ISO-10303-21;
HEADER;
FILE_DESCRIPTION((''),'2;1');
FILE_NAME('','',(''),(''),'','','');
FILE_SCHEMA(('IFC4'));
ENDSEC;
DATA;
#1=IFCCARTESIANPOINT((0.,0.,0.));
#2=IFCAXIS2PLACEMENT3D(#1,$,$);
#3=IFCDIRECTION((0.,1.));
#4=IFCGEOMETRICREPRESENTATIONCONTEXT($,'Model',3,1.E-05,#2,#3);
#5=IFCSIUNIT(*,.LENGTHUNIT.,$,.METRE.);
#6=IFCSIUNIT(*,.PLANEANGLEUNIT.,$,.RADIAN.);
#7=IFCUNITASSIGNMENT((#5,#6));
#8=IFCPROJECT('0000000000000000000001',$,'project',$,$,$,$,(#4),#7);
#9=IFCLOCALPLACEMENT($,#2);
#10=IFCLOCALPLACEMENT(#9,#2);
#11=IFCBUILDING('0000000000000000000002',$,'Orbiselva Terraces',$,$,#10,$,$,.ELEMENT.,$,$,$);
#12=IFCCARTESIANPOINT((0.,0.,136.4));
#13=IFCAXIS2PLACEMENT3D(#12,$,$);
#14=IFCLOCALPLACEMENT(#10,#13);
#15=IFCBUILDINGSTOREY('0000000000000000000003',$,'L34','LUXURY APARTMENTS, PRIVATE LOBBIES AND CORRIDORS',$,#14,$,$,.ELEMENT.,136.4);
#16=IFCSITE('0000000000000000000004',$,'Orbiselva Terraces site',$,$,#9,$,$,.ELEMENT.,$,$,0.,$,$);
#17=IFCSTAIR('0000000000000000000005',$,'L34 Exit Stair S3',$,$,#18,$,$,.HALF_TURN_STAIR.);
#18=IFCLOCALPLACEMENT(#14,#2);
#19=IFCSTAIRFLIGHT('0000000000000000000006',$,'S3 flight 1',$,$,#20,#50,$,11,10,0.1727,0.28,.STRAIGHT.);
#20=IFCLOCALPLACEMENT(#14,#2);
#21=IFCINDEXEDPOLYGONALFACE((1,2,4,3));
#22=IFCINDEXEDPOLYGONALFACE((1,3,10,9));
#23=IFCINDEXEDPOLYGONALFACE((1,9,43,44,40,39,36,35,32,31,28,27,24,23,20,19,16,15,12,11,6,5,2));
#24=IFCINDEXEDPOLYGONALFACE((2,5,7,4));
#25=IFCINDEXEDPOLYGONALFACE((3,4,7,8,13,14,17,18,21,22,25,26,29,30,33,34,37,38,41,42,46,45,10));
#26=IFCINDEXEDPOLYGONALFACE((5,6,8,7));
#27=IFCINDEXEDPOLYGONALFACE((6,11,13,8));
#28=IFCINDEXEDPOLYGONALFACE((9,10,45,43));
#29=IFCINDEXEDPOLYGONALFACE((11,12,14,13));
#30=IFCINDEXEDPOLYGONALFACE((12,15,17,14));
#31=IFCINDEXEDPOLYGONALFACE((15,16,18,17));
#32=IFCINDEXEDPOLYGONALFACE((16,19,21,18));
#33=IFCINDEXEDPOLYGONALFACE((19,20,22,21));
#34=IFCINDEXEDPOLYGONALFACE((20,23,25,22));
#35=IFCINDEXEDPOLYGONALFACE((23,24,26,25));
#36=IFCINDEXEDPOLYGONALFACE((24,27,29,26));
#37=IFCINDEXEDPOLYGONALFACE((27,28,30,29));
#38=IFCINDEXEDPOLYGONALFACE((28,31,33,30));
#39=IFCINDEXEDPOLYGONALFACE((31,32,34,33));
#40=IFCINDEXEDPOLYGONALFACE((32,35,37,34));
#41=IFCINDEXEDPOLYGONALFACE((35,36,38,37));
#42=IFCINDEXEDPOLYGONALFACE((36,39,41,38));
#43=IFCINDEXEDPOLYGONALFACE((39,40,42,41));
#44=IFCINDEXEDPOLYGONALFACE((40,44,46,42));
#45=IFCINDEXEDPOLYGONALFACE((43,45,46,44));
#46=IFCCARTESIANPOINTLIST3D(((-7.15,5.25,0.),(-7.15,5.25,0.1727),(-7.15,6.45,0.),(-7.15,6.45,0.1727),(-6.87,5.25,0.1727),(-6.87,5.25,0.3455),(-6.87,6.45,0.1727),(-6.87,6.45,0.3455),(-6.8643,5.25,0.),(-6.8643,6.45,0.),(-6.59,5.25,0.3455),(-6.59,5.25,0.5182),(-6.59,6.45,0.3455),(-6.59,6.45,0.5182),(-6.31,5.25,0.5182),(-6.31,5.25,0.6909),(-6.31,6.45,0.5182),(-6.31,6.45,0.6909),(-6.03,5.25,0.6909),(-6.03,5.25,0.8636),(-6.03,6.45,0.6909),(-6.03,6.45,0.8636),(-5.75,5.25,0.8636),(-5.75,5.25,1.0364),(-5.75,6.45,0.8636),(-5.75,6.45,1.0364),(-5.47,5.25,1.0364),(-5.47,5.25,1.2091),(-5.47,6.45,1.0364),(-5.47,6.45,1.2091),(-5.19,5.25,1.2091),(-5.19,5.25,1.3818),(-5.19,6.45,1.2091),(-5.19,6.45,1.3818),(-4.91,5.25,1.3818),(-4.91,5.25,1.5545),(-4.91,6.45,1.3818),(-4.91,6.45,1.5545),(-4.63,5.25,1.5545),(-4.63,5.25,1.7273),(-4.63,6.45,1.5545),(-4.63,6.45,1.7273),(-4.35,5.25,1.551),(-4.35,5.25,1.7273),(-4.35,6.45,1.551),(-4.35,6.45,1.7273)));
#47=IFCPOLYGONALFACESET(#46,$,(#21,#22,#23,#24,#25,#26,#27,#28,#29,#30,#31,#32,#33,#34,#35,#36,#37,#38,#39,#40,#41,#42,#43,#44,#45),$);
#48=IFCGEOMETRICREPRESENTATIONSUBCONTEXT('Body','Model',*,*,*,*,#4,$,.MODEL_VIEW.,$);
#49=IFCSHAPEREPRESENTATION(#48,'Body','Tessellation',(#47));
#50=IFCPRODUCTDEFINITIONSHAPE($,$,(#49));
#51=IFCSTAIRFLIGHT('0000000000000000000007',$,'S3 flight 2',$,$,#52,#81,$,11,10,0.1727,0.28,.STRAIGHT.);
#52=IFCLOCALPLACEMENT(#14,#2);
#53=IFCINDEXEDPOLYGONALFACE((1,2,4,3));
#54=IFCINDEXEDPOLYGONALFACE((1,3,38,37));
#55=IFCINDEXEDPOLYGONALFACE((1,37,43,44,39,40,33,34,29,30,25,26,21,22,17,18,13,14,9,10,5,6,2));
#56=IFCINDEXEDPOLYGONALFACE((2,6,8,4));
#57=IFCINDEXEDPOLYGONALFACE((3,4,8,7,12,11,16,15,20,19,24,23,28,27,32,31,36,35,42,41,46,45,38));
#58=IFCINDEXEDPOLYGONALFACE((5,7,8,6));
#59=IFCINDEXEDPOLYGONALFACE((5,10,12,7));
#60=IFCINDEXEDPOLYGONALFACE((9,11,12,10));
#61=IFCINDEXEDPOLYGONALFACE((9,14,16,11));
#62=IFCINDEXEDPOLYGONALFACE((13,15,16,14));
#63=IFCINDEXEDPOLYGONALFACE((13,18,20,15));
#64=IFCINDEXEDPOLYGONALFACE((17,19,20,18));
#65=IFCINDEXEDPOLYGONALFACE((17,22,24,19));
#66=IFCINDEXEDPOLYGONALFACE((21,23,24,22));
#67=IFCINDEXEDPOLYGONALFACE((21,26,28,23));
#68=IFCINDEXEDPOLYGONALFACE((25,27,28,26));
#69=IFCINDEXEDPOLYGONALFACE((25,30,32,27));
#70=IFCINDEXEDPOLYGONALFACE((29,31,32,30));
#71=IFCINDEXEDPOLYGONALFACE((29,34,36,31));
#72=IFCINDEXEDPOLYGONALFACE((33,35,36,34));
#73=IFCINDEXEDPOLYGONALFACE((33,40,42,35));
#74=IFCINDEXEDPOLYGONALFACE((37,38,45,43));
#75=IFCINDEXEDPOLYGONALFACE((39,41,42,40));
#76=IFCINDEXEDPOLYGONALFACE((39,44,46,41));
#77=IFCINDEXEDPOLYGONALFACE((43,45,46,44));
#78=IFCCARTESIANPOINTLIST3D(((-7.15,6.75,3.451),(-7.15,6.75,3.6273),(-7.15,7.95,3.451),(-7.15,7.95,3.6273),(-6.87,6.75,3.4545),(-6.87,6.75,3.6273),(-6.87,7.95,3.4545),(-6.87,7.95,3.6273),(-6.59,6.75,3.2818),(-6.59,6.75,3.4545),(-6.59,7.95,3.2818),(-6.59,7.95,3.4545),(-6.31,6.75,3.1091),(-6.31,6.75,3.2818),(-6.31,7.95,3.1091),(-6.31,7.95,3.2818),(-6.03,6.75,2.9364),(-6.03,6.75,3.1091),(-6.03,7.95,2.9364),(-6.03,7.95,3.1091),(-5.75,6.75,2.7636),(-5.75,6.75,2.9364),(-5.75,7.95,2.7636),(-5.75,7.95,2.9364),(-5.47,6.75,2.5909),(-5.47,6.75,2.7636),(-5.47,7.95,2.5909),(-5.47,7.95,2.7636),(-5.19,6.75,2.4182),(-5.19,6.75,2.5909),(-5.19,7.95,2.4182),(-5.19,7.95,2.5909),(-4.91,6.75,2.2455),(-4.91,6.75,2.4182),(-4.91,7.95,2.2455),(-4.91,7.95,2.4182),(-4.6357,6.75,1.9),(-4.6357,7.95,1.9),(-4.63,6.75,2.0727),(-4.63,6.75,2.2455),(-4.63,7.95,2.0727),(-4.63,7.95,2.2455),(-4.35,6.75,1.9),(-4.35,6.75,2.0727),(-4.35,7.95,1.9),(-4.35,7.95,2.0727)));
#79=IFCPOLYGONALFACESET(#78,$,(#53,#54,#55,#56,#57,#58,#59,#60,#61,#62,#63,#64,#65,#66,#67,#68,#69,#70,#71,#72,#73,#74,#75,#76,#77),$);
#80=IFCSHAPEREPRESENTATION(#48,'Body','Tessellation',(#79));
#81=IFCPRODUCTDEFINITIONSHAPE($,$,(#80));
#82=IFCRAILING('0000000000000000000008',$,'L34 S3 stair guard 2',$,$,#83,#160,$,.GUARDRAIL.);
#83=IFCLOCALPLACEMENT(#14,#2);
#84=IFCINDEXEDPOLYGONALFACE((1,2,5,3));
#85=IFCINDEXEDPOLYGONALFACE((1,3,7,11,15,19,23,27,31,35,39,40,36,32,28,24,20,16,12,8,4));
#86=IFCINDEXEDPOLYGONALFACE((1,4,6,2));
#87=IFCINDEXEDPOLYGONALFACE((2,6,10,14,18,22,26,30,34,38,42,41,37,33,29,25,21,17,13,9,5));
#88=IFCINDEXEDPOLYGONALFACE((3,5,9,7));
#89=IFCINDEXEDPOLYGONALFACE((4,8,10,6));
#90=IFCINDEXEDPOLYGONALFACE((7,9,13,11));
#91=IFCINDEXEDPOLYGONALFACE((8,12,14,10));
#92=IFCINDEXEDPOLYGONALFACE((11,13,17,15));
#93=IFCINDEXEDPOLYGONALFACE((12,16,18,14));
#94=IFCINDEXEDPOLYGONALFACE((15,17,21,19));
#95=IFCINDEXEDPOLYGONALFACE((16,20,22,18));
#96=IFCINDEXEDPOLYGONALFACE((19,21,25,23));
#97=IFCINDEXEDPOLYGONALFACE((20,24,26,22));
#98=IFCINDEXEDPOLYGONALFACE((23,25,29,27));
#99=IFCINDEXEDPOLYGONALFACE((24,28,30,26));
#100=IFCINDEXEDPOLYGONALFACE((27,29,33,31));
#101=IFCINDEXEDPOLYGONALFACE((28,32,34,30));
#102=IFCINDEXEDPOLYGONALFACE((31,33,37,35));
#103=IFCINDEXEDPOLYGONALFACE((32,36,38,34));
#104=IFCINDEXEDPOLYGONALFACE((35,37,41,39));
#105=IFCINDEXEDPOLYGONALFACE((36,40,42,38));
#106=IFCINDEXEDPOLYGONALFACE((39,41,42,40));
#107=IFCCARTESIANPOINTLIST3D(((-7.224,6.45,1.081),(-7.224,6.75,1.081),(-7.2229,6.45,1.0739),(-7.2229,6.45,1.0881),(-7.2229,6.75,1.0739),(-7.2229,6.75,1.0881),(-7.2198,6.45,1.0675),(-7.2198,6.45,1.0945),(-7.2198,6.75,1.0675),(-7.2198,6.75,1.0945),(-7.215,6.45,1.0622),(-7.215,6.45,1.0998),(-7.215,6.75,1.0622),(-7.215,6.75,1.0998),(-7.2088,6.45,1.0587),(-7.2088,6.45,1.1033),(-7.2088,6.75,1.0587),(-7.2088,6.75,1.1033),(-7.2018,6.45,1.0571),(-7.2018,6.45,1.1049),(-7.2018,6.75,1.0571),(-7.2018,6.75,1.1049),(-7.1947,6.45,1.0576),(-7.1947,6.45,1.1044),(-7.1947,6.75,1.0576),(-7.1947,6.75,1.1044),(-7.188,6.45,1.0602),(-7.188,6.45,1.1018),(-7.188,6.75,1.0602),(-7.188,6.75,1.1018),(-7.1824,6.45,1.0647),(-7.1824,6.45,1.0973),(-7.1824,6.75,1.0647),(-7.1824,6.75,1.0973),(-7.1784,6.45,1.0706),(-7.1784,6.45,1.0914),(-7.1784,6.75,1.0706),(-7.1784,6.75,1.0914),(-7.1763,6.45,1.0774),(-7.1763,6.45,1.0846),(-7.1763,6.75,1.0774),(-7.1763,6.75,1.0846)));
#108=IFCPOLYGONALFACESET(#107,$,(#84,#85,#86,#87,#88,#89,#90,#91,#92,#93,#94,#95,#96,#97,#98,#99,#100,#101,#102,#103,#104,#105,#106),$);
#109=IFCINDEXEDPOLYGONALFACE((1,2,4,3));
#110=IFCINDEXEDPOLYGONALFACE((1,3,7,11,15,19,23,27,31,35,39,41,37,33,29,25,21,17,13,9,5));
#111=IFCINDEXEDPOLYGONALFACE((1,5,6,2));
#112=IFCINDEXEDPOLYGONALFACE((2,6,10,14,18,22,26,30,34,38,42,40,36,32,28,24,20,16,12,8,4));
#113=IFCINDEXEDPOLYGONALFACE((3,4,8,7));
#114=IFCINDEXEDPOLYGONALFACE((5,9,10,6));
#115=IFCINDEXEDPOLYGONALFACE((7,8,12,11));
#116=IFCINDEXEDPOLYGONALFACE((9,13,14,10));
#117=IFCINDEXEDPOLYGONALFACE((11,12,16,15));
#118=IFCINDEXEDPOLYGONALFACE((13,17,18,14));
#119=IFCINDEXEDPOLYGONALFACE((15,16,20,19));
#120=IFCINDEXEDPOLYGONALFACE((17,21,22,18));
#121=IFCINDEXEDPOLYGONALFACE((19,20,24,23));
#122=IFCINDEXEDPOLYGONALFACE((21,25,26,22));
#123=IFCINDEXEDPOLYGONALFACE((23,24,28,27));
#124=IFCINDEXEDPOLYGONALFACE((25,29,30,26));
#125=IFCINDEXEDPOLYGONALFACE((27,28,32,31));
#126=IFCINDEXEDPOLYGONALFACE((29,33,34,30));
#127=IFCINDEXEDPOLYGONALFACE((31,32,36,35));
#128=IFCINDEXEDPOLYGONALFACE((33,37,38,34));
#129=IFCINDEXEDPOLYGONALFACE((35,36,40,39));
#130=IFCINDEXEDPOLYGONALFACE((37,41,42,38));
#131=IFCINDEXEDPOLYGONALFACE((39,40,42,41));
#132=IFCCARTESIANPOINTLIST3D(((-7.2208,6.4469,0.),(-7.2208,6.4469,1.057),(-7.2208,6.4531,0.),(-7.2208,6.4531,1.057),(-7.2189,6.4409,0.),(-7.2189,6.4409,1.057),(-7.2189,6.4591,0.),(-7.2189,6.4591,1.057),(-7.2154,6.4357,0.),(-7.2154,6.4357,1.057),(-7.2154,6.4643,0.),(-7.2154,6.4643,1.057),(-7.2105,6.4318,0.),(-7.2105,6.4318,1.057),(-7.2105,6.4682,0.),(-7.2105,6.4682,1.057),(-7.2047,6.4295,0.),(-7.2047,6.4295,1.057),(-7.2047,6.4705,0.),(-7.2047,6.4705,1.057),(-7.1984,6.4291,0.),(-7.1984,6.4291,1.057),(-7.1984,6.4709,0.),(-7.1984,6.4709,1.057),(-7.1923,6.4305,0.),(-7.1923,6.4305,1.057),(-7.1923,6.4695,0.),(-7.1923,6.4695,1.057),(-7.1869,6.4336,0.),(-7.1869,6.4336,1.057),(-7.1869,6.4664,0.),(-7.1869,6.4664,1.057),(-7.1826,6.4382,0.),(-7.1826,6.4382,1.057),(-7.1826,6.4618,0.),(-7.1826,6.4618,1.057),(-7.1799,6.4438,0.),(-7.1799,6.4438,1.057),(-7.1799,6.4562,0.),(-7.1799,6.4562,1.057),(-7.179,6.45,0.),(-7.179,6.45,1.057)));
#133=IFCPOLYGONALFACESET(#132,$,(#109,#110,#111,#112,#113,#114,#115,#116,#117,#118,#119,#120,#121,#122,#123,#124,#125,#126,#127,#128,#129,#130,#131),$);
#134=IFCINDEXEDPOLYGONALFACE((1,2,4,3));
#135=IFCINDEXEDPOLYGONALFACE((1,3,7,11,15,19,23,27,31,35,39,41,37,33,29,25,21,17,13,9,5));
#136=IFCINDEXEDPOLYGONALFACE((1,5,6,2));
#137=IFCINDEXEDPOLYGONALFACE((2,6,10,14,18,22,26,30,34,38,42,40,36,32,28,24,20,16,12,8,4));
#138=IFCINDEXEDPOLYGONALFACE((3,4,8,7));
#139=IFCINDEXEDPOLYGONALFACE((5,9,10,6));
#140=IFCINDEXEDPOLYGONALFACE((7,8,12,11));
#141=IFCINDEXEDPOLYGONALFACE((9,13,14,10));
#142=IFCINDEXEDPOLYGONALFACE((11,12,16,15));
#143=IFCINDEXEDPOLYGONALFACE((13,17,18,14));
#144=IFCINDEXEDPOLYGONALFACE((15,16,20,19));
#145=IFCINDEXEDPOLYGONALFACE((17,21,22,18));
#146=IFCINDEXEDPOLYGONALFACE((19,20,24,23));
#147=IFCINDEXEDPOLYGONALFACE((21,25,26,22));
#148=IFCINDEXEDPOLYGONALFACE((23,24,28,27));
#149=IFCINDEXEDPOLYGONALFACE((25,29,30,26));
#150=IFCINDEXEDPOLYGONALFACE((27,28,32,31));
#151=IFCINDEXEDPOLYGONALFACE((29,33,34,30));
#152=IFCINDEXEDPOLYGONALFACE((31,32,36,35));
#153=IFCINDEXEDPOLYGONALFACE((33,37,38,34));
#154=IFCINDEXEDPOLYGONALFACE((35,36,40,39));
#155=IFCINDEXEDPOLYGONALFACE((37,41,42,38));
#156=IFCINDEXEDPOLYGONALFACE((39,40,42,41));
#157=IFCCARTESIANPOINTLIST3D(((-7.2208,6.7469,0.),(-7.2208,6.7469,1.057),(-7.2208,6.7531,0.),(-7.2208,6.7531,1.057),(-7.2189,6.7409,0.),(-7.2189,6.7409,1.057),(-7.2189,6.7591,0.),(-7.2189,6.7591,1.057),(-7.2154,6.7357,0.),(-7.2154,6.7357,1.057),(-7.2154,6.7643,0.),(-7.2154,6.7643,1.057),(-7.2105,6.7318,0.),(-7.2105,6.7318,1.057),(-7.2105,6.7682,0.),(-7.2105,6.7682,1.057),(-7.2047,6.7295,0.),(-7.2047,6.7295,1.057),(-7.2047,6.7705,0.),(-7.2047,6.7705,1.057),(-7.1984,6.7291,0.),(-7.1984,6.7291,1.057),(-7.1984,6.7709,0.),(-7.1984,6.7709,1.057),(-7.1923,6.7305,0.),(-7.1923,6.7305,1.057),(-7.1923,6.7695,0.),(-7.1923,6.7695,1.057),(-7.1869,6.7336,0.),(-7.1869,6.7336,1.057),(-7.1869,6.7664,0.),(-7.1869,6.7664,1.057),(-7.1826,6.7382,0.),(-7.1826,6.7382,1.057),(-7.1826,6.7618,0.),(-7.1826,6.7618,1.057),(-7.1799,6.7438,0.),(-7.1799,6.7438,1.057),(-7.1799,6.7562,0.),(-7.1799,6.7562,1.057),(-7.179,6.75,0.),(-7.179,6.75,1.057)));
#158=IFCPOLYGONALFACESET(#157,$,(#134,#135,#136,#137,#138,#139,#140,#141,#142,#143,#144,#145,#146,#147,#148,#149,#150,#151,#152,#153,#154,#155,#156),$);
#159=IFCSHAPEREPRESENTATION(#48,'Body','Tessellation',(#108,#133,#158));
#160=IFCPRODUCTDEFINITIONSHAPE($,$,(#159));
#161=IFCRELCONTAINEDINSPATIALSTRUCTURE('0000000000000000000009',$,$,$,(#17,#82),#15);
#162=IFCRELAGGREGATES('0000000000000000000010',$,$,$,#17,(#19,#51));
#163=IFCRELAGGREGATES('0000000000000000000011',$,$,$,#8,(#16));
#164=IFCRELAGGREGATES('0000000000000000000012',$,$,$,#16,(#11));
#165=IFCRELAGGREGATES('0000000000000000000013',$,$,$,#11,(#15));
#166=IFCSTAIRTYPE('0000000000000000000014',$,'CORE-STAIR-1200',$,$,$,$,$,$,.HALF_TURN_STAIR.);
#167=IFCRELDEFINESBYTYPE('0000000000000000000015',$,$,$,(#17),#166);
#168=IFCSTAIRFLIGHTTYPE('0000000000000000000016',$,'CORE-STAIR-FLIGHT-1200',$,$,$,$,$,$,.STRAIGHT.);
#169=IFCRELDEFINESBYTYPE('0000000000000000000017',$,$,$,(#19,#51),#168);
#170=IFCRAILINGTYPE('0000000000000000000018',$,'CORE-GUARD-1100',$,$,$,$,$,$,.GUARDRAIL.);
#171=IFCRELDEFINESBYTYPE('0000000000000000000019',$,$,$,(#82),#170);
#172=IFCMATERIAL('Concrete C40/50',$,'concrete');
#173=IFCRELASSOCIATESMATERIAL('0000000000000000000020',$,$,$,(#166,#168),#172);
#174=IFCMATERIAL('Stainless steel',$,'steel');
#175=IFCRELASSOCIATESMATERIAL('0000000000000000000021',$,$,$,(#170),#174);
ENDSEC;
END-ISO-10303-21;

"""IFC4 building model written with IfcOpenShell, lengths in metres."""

from ifc_helpers import new_model, si_unit, direction, frame, origin, origin_2d, place, context, subcontext, project, spatial, polyline, circle, outline, extrude, material, type_object, element, aggregate, save


model = new_model("IFC4")

# Units and contexts
model_context = context("Model", 3, precision=1e-05, world=origin(), true_north=direction((0.0, 1.0)))
body_context = subcontext(model_context, "Body", "Model", "MODEL_VIEW")
ifc_project = project(units=[si_unit("LENGTHUNIT", "METRE"), si_unit("PLANEANGLEUNIT", "RADIAN")], contexts=[model_context])

# Site, building, storey
site_placement = place(None, origin())
site = spatial("IfcSite", under=ifc_project, at=site_placement, Name="Orbiselva Terraces site", CompositionType="ELEMENT", RefElevation=0.0)
building_placement = place(site_placement, origin())
building = spatial("IfcBuilding", under=site, at=building_placement, Name="Orbiselva Terraces", CompositionType="ELEMENT")
storey_placement = place(building_placement, frame((0.0, 0.0, 136.4)))
storey = spatial("IfcBuildingStorey", under=building, at=storey_placement, Name="L34", Description="LUXURY APARTMENTS, PRIVATE LOBBIES AND CORRIDORS", CompositionType="ELEMENT", Elevation=136.4)

# Stair, stair flights
ifc_material_1 = material(Name="Concrete C40/50", Category="concrete")
stair_type = type_object("IfcStairType", Name="CORE-STAIR-1200", PredefinedType="HALF_TURN_STAIR", material=ifc_material_1)
stair_placement = place(storey_placement, origin())
stair = element("IfcStair", 1, at=stair_placement, inside=storey, type_object=stair_type, Name="L34 Exit Stair S3", PredefinedType="HALF_TURN_STAIR")
stair_flight_type = type_object("IfcStairFlightType", Name="CORE-STAIR-FLIGHT-1200", PredefinedType="STRAIGHT", material=ifc_material_1)
stair_flight_1_placement = place(storey_placement, frame((-7.15, 5.85, 0.0), z_axis=(0.0, 0.0, 1.0), x_axis=(1.0, 0.0, 0.0)))
stair_flight_1 = element("IfcStairFlight", 2, at=stair_flight_1_placement, type_object=stair_flight_type, Name="S3 flight 1", NumberOfRisers=11, NumberOfTreads=10, PredefinedType="STRAIGHT", RiserHeight=0.1727, TreadLength=0.28, context=body_context, shape_type="SweptSolid", body=[
    extrude(outline(polyline([(0.0, 0.0), (0.0, 0.1727), (0.28, 0.1727), (0.28, 0.3455), (0.56, 0.3455), (0.56, 0.5182), (0.84, 0.5182), (0.84, 0.6909), (1.12, 0.6909), (1.12, 0.8636), (1.4, 0.8636), (1.4, 1.0364), (1.68, 1.0364), (1.68, 1.2091), (1.96, 1.2091), (1.96, 1.3818), (2.24, 1.3818), (2.24, 1.5545), (2.52, 1.5545), (2.52, 1.7273), (2.8, 1.7273), (2.8, 1.9), (2.8, 1.551), (0.2857, 0.0), (0.0, 0.0)])), frame((0.0, 0.6, 0.0), z_axis=(0.0, -1.0, 0.0), x_axis=(1.0, 0.0, 0.0)), (0.0, 0.0, 1.0), 1.2),
])
stair_flight_2_placement = place(storey_placement, frame((-4.35, 7.35, 1.9), z_axis=(0.0, 0.0, 1.0), x_axis=(-1.0, 0.0, 0.0)))
stair_flight_2 = element("IfcStairFlight", 3, at=stair_flight_2_placement, type_object=stair_flight_type, Name="S3 flight 2", NumberOfRisers=11, NumberOfTreads=10, PredefinedType="STRAIGHT", RiserHeight=0.1727, TreadLength=0.28, context=body_context, shape_type="SweptSolid", body=[
    extrude(outline(polyline([(0.0, 0.0), (0.0, 0.1727), (0.28, 0.1727), (0.28, 0.3455), (0.56, 0.3455), (0.56, 0.5182), (0.84, 0.5182), (0.84, 0.6909), (1.12, 0.6909), (1.12, 0.8636), (1.4, 0.8636), (1.4, 1.0364), (1.68, 1.0364), (1.68, 1.2091), (1.96, 1.2091), (1.96, 1.3818), (2.24, 1.3818), (2.24, 1.5545), (2.52, 1.5545), (2.52, 1.7273), (2.8, 1.7273), (2.8, 1.9), (2.8, 1.551), (0.2857, 0.0), (0.0, 0.0)])), frame((0.0, 0.6, 0.0), z_axis=(0.0, -1.0, 0.0), x_axis=(1.0, 0.0, 0.0)), (0.0, 0.0, 1.0), 1.2),
])
aggregate(stair, [stair_flight_1, stair_flight_2])

# Railing
ifc_material_2 = material(Name="Stainless steel", Category="steel")
railing_type_1 = type_object("IfcRailingType", Name="CORE-GUARD-1100", PredefinedType="GUARDRAIL", material=ifc_material_2)
railing_1_placement = place(storey_placement, frame((-7.2, 6.45, 0.0)))
element("IfcRailing", 4, at=railing_1_placement, inside=storey, type_object=railing_type_1, Name="L34 S3 stair guard 2", PredefinedType="GUARDRAIL", context=body_context, shape_type="SweptSolid", body=[
    extrude(circle(Radius=0.024, at=origin_2d()), frame((0.0, 0.0, 1.081), z_axis=(0.0, 1.0, 0.0), x_axis=(-1.0, 0.0, 0.0)), (0.0, 0.0, 1.0), 0.3),
    extrude(circle(Radius=0.021, at=origin_2d()), origin(), (0.0, 0.0, 1.0), 1.057),
    extrude(circle(Radius=0.021, at=origin_2d()), frame((0.0, 0.3, 0.0)), (0.0, 0.0, 1.0), 1.057),
])

save(model, "model.ifc")
